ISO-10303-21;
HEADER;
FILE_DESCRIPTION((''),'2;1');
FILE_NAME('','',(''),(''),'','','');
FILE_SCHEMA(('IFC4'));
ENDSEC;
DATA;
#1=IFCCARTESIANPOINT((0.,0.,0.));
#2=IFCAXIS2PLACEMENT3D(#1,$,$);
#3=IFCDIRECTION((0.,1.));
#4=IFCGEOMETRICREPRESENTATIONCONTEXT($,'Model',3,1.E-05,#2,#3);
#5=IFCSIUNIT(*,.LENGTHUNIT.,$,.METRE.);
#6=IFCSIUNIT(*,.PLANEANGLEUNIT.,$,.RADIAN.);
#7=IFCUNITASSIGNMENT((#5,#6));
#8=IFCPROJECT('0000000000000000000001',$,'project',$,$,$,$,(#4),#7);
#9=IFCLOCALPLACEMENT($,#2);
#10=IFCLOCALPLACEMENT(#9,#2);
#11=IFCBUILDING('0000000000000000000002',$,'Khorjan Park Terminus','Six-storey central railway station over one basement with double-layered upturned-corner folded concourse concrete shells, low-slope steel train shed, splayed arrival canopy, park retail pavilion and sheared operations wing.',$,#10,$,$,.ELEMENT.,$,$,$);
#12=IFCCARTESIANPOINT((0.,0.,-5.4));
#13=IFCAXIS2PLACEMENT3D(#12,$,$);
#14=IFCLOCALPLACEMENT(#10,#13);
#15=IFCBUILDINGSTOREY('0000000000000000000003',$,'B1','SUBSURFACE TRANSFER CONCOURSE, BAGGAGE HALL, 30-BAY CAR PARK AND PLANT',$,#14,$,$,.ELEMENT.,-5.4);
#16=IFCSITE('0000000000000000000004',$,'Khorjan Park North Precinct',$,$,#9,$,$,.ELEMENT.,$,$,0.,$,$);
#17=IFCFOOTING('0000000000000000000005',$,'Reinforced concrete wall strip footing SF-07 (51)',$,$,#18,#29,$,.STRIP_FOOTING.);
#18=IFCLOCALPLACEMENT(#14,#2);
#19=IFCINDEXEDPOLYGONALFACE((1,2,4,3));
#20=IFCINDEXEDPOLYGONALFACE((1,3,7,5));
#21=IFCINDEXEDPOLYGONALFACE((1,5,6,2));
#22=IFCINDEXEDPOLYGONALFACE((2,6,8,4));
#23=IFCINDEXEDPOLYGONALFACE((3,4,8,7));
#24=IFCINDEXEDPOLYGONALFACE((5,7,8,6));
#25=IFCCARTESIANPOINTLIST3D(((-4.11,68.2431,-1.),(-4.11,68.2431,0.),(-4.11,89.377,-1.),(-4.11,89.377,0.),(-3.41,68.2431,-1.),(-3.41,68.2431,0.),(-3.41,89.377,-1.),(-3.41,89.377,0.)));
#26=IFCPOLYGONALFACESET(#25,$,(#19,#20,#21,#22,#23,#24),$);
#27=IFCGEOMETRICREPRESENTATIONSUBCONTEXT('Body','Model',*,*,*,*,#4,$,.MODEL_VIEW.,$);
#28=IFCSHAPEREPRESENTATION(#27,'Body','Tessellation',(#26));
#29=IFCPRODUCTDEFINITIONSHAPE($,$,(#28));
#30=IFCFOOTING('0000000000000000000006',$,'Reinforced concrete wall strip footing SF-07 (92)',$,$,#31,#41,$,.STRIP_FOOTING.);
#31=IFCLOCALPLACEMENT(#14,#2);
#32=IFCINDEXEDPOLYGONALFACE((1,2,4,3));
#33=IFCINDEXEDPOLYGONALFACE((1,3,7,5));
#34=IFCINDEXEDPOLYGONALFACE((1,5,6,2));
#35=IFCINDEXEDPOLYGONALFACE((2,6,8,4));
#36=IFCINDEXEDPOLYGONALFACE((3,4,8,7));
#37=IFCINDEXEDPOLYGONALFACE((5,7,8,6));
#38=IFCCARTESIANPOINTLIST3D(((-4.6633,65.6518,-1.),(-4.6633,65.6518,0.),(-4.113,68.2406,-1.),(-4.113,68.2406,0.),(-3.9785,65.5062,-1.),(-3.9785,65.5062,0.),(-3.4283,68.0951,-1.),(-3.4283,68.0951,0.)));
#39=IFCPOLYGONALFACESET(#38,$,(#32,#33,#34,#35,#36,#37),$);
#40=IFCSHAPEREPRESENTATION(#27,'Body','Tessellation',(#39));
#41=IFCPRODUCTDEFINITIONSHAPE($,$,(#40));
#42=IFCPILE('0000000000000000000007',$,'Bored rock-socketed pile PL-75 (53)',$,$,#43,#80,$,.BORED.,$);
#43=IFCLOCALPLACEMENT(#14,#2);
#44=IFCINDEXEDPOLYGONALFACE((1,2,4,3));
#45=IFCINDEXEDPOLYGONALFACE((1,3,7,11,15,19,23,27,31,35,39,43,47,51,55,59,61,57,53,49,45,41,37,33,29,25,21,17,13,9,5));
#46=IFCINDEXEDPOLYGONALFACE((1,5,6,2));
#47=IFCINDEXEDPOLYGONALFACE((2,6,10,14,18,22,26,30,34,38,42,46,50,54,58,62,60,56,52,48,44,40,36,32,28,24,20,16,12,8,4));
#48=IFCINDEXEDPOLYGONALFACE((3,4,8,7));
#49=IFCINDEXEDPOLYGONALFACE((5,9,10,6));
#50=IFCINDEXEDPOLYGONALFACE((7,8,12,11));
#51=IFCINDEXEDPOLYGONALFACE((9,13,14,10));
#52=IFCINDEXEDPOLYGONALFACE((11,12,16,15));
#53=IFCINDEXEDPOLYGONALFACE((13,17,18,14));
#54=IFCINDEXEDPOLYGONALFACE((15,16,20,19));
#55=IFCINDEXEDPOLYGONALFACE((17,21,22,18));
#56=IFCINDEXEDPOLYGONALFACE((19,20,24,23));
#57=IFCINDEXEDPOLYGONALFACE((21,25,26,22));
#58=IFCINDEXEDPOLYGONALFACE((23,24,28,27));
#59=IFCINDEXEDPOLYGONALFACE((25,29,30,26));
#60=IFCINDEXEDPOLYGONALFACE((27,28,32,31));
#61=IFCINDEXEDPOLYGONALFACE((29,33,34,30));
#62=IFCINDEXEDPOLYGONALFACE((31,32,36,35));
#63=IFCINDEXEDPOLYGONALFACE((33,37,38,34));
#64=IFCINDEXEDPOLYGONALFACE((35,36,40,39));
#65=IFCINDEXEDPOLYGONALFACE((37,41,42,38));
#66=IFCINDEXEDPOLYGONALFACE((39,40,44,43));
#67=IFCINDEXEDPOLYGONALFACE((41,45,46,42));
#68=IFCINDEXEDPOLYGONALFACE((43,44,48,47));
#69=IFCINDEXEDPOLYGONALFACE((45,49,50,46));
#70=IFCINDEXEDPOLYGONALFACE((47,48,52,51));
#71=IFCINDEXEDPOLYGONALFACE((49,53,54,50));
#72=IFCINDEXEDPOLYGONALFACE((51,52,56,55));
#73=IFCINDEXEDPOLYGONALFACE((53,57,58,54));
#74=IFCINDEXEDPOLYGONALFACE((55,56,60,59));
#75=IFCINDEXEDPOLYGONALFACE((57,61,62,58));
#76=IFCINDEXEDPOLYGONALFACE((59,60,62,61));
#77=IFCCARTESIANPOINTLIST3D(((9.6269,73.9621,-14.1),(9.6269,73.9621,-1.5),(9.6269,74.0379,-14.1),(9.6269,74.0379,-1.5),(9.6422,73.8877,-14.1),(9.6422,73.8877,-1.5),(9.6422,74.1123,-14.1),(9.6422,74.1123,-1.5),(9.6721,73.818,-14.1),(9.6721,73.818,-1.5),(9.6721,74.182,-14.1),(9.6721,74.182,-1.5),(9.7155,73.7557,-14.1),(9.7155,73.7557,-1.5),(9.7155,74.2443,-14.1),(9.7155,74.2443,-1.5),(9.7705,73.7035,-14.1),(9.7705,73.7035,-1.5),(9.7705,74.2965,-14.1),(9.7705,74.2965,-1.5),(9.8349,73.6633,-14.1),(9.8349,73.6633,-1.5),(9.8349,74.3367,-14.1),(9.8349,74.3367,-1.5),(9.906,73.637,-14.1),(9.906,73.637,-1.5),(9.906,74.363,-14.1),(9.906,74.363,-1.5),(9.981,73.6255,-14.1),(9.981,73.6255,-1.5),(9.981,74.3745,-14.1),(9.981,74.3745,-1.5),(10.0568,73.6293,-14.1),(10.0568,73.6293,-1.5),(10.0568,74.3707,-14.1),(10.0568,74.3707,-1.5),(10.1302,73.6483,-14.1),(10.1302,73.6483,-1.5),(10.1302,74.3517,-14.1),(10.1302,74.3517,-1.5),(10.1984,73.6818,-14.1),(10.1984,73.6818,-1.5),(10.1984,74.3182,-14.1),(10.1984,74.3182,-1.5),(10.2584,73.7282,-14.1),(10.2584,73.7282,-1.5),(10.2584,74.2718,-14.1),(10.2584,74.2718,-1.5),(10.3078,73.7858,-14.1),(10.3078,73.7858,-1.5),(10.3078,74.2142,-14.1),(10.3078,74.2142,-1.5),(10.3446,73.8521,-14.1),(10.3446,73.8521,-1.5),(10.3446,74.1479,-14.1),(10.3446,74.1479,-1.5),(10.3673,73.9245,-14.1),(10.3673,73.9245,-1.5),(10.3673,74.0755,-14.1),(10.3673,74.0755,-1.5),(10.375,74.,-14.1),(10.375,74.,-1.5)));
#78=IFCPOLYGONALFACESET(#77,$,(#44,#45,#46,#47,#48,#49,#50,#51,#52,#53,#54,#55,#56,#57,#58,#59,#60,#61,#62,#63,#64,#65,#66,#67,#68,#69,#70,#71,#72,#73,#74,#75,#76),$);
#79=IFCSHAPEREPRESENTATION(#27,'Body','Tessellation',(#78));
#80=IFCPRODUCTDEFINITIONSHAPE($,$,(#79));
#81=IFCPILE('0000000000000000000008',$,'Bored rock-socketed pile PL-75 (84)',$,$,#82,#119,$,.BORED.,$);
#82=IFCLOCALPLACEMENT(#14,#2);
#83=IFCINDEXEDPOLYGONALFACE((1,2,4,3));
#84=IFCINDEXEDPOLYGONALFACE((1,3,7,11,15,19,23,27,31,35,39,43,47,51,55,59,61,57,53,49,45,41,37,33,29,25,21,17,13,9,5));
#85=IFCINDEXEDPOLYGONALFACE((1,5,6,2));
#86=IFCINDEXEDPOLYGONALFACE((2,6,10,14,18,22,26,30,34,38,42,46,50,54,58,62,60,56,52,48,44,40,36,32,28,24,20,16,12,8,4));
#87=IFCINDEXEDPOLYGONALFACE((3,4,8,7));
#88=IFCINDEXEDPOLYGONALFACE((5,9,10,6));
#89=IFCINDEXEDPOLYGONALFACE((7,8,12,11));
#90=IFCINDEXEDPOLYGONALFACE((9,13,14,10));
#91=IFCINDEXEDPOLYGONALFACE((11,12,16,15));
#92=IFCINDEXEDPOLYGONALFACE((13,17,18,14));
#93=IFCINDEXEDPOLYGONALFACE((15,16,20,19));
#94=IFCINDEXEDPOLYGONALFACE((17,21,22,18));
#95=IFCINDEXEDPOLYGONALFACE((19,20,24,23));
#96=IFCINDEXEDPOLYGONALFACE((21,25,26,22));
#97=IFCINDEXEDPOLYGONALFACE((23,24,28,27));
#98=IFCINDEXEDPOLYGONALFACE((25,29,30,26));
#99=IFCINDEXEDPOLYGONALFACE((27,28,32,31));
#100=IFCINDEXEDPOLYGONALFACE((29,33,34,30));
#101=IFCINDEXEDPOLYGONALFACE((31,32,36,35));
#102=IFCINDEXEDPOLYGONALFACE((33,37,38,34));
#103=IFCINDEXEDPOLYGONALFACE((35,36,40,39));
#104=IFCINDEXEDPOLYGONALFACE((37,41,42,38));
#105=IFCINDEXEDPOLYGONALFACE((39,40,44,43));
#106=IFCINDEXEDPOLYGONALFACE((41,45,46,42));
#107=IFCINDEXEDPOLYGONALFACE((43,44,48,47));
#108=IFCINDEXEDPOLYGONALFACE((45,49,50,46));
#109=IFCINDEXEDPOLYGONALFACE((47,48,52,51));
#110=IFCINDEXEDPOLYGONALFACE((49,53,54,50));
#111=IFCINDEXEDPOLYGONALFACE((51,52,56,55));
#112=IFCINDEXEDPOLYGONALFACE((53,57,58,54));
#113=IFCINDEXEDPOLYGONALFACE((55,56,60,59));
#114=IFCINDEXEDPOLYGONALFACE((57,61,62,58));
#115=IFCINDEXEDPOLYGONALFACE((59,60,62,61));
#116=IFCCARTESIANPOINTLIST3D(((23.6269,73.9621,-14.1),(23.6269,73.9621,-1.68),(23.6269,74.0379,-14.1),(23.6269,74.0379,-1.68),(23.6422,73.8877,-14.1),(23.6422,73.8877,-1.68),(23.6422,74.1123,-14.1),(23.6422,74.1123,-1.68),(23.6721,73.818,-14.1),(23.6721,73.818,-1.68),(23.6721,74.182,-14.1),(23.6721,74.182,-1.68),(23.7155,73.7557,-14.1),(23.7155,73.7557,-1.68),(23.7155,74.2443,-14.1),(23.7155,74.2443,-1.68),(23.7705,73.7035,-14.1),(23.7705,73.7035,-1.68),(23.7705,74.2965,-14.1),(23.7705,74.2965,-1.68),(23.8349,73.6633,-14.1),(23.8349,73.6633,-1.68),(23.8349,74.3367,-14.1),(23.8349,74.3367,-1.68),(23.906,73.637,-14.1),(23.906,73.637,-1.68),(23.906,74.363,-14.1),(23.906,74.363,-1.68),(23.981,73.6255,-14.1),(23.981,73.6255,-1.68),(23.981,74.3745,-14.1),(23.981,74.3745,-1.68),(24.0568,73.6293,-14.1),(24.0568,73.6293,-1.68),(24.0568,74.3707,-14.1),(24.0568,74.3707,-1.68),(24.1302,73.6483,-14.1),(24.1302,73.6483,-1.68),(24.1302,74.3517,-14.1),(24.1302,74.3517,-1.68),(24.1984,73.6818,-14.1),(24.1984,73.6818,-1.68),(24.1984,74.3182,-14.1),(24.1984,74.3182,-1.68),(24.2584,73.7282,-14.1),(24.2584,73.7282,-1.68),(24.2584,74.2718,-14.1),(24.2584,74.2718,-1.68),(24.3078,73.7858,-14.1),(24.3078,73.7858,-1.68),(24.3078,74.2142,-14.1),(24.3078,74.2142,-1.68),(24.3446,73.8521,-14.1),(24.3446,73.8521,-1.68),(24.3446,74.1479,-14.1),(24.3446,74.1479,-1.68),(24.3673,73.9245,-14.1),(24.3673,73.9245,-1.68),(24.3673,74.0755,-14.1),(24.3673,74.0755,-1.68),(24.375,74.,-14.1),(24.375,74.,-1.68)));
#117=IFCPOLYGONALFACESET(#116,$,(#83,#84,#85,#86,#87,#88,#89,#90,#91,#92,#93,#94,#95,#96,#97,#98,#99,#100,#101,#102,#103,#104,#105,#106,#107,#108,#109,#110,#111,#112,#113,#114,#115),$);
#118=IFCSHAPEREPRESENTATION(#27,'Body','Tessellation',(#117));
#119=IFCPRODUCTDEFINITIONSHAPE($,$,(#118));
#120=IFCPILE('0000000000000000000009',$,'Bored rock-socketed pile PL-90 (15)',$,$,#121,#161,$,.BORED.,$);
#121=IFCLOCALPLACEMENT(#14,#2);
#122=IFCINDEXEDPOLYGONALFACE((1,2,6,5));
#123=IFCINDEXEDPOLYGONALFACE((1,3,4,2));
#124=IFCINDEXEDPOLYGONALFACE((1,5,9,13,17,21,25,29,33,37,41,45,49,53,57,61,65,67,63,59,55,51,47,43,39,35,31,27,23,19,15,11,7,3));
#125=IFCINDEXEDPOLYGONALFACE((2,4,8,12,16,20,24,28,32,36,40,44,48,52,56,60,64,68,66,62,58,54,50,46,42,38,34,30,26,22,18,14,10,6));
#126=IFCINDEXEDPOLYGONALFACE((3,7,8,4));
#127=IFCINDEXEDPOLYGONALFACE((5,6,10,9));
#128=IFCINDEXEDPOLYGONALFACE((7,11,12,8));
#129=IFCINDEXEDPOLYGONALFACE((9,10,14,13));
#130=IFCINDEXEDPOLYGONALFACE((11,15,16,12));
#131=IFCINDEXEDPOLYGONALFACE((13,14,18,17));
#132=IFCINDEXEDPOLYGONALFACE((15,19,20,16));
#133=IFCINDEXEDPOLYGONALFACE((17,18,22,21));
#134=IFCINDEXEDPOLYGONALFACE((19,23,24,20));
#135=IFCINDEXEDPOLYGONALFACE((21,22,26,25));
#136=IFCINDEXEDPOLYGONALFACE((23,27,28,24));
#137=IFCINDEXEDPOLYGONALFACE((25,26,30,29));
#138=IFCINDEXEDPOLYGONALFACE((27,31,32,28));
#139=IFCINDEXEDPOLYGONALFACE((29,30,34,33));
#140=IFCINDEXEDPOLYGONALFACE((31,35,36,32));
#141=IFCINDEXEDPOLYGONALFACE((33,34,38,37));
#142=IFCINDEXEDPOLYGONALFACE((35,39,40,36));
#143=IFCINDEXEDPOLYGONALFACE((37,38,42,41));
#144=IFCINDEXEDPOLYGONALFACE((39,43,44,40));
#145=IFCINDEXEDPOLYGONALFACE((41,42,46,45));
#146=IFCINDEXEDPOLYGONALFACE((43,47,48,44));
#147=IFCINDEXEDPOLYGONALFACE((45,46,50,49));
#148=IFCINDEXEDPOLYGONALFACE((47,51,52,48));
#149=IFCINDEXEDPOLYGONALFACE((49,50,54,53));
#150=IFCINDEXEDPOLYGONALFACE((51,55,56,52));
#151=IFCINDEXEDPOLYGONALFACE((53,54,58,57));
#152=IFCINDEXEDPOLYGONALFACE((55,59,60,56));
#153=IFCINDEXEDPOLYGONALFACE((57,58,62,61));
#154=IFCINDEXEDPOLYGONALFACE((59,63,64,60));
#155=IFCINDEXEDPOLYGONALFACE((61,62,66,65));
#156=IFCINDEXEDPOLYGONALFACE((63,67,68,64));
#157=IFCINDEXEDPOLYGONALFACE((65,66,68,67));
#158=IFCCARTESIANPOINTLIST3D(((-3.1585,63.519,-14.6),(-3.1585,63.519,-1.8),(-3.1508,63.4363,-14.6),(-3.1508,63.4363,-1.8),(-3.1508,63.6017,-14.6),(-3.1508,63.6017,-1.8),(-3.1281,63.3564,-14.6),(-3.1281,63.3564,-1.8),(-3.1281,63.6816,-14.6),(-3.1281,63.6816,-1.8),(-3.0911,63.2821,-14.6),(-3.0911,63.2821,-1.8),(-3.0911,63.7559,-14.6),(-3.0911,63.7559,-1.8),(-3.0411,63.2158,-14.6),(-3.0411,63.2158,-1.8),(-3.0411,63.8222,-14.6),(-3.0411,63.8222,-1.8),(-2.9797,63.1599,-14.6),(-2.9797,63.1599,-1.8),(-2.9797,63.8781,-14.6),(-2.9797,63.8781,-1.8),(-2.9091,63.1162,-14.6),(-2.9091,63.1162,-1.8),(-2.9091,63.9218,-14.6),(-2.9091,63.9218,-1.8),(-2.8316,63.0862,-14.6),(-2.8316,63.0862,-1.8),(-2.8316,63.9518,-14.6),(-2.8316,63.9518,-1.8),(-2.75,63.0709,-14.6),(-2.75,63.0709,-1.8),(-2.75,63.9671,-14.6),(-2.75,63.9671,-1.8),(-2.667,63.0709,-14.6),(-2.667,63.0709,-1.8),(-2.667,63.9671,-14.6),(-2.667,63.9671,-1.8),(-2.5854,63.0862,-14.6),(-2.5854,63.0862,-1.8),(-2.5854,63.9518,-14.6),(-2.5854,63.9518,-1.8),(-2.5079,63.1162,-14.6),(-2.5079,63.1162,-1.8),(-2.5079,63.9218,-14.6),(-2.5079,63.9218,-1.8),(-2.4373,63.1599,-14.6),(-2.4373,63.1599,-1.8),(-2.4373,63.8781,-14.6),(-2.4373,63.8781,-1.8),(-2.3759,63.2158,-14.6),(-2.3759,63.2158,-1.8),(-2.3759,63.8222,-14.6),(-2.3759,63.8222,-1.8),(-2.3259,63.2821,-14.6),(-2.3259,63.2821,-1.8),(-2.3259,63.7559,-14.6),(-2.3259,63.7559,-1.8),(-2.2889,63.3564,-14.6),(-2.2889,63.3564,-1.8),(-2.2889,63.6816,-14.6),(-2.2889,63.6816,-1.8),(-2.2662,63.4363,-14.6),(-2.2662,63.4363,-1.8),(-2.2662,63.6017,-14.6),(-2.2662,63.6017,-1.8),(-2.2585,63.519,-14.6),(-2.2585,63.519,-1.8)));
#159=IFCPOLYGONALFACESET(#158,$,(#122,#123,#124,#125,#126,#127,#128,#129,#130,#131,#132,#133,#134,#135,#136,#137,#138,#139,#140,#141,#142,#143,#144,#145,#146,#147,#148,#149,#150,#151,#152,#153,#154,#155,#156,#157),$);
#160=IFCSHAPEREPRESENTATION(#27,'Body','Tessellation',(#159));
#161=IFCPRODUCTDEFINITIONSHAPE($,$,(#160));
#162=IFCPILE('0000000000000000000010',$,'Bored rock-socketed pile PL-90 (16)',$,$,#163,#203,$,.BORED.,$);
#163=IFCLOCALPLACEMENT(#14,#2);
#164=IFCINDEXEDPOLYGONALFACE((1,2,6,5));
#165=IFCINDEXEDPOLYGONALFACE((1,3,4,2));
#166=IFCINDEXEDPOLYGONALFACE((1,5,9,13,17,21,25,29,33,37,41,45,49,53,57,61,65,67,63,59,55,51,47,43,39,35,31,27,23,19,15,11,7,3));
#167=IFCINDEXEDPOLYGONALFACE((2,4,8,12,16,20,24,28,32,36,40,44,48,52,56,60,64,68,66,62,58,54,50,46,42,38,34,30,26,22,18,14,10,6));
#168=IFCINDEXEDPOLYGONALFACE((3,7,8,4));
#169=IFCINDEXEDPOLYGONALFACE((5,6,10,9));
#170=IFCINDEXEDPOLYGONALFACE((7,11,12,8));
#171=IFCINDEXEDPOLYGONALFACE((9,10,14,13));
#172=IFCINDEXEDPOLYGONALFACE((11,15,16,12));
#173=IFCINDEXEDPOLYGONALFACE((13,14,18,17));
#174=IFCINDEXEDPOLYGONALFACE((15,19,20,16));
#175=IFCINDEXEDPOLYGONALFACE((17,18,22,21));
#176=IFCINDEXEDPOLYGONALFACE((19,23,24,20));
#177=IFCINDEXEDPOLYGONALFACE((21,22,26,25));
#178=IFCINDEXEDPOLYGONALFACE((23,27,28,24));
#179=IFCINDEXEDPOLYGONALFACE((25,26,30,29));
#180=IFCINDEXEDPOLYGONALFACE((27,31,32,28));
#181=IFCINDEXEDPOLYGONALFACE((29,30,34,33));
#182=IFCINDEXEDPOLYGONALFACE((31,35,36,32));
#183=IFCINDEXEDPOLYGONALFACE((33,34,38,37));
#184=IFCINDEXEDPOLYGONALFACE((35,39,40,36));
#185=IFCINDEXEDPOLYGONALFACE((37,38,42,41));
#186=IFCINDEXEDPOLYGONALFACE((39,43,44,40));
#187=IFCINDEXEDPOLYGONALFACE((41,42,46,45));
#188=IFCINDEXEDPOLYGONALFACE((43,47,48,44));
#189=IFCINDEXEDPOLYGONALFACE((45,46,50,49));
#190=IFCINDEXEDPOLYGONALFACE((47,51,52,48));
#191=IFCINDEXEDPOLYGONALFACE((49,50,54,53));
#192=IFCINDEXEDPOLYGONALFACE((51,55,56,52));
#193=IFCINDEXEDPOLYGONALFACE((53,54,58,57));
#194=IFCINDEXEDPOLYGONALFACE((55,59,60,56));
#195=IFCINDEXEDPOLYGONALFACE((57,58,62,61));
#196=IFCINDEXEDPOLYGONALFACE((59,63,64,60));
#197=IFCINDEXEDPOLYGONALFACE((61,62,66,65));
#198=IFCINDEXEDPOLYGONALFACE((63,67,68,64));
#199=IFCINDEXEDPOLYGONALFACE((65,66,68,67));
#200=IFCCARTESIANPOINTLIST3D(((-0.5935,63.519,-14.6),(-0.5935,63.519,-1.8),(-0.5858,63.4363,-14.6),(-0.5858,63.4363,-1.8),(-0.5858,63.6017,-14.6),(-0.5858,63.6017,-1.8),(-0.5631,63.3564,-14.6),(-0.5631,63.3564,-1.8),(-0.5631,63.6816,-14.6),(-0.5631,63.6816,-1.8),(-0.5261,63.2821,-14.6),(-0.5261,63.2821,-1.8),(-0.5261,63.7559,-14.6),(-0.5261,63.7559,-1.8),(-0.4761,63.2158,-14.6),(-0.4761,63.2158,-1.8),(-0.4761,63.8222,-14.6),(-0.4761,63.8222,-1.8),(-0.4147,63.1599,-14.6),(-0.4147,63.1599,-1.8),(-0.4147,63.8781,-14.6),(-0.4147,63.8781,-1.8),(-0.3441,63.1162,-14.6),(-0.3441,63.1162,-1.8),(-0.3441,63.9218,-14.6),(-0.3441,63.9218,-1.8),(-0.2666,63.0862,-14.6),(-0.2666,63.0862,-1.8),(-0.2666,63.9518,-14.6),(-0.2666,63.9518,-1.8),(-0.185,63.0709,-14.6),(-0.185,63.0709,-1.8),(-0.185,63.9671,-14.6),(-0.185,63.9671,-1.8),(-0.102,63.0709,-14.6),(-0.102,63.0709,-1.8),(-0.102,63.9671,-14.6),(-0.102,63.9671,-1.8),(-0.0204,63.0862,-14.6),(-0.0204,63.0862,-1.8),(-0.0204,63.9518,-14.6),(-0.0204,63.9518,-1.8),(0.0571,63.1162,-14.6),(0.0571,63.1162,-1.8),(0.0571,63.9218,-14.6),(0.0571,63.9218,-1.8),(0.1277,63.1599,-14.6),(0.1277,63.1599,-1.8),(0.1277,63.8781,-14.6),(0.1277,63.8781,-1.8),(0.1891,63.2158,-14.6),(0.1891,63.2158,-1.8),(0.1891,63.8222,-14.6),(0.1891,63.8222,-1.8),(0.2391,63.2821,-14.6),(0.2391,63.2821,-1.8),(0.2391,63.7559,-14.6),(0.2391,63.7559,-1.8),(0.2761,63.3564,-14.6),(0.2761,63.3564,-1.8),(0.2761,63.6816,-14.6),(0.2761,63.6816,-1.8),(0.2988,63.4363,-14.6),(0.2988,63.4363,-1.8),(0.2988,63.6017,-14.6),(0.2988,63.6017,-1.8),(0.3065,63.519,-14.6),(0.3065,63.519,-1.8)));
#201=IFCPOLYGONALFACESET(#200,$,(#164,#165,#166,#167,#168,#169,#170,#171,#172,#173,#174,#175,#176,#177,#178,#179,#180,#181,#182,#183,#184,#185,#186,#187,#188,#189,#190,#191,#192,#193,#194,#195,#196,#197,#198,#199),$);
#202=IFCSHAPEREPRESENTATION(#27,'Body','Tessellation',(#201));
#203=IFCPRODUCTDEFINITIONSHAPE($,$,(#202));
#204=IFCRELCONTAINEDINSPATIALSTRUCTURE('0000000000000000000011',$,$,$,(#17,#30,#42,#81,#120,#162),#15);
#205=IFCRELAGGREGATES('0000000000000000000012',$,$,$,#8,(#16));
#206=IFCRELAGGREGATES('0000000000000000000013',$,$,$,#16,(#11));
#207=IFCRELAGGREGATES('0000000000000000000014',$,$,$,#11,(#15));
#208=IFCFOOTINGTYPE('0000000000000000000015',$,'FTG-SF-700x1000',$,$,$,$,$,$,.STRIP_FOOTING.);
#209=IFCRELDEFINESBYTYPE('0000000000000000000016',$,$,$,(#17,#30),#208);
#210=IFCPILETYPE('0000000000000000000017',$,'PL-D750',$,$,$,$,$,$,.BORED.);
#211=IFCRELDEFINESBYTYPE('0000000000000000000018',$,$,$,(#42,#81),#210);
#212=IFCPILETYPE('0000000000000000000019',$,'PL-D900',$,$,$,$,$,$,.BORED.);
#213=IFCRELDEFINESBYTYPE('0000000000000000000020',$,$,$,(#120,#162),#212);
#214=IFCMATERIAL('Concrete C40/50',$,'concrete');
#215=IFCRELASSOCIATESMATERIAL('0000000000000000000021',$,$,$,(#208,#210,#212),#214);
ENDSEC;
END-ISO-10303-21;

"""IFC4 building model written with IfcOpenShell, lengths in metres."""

from ifc_helpers import new_model, si_unit, direction, frame, origin, origin_2d, place, context, subcontext, project, spatial, rectangle, circle, extrude, material, material_profile, profile_set, type_object, element, save


model = new_model("IFC4")

# Units and contexts
model_context = context("Model", 3, precision=1e-05, world=origin(), true_north=direction((0.0, 1.0)))
body_context = subcontext(model_context, "Body", "Model", "MODEL_VIEW")
ifc_project = project(units=[si_unit("LENGTHUNIT", "METRE"), si_unit("PLANEANGLEUNIT", "RADIAN")], contexts=[model_context])

# Site, building, storey
site_placement = place(None, origin())
site = spatial("IfcSite", under=ifc_project, at=site_placement, Name="Khorjan Park North Precinct", CompositionType="ELEMENT", RefElevation=0.0)
building_placement = place(site_placement, origin())
building = spatial("IfcBuilding", under=site, at=building_placement, Name="Khorjan Park Terminus", Description="Six-storey central railway station over one basement with double-layered upturned-corner folded concourse concrete shells, low-slope steel train shed, splayed arrival canopy, park retail pavilion and sheared operations wing.", CompositionType="ELEMENT")
storey_placement = place(building_placement, frame((0.0, 0.0, -5.4)))
storey = spatial("IfcBuildingStorey", under=building, at=storey_placement, Name="B1", Description="SUBSURFACE TRANSFER CONCOURSE, BAGGAGE HALL, 30-BAY CAR PARK AND PLANT", CompositionType="ELEMENT", Elevation=-5.4)

# Footings
ifc_material_1 = material(Name="Concrete C40/50", Category="concrete")
ifc_material_profile_1 = material_profile(ifc_material_1, rectangle(XDim=0.7, YDim=1.0, at=origin_2d()), Name="RC 700x1000")
ifc_profile_set_1 = profile_set([ifc_material_profile_1], Name="Concrete C40/50")
footing_type_1 = type_object("IfcFootingType", Name="FTG-SF-700x1000", PredefinedType="STRIP_FOOTING", material=ifc_profile_set_1)
footing_1_placement = place(storey_placement, frame((-3.76, 68.2431, -0.5), z_axis=(0.0, 1.0, 0.0), x_axis=(-1.0, 0.0, 0.0)))
element("IfcFooting", 1, at=footing_1_placement, inside=storey, type_object=footing_type_1, Name="Reinforced concrete wall strip footing SF-07 (51)", PredefinedType="STRIP_FOOTING", context=body_context, shape_type="SweptSolid", body=[
    extrude(rectangle(XDim=0.7, YDim=1.0, at=origin_2d()), origin(), (0.0, 0.0, 1.0), 21.1339),
])
footing_2_placement = place(storey_placement, frame((-4.3209, 65.579, -0.5), z_axis=(0.207916, 0.978147, 0.0), x_axis=(-0.978147, 0.207916, 0.0)))
element("IfcFooting", 2, at=footing_2_placement, inside=storey, type_object=footing_type_1, Name="Reinforced concrete wall strip footing SF-07 (92)", PredefinedType="STRIP_FOOTING", context=body_context, shape_type="SweptSolid", body=[
    extrude(rectangle(XDim=0.7, YDim=1.0, at=origin_2d()), origin(), (0.0, 0.0, 1.0), 2.6467),
])

# Piles
ifc_material_profile_2 = material_profile(ifc_material_1, circle(Radius=0.375, at=origin_2d()), Name="BORED D750")
ifc_profile_set_2 = profile_set([ifc_material_profile_2], Name="Concrete C40/50")
pile_type_1 = type_object("IfcPileType", Name="PL-D750", PredefinedType="BORED", material=ifc_profile_set_2)
pile_1_placement = place(storey_placement, frame((10.0, 74.0, -1.5), z_axis=(0.0, 0.0, -1.0), x_axis=(1.0, 0.0, 0.0)))
element("IfcPile", 3, at=pile_1_placement, inside=storey, type_object=pile_type_1, Name="Bored rock-socketed pile PL-75 (53)", PredefinedType="BORED", context=body_context, shape_type="SweptSolid", body=[
    extrude(circle(Radius=0.375, at=origin_2d()), origin(), (0.0, 0.0, 1.0), 12.6),
])
pile_2_placement = place(storey_placement, frame((24.0, 74.0, -1.68), z_axis=(0.0, 0.0, -1.0), x_axis=(1.0, 0.0, 0.0)))
element("IfcPile", 4, at=pile_2_placement, inside=storey, type_object=pile_type_1, Name="Bored rock-socketed pile PL-75 (84)", PredefinedType="BORED", context=body_context, shape_type="SweptSolid", body=[
    extrude(circle(Radius=0.375, at=origin_2d()), origin(), (0.0, 0.0, 1.0), 12.42),
])
ifc_material_profile_3 = material_profile(ifc_material_1, circle(Radius=0.45, at=origin_2d()), Name="BORED D900")
ifc_profile_set_3 = profile_set([ifc_material_profile_3], Name="Concrete C40/50")
pile_type_2 = type_object("IfcPileType", Name="PL-D900", PredefinedType="BORED", material=ifc_profile_set_3)
for number, where, z_axis, x_axis, name in (
    (5, (-2.7085, 63.519, -1.8), (0.0, 0.0, -1.0), (1.0, 0.0, 0.0), "Bored rock-socketed pile PL-90 (15)"),
    (6, (-0.1435, 63.519, -1.8), (0.0, 0.0, -1.0), (1.0, 0.0, 0.0), "Bored rock-socketed pile PL-90 (16)"),
):
    element("IfcPile", number, at=place(storey_placement, frame(where, z_axis=z_axis, x_axis=x_axis)), inside=storey, type_object=pile_type_2, Name=name, PredefinedType="BORED", context=body_context, shape_type="SweptSolid", body=[
        extrude(circle(Radius=0.45, at=origin_2d()), origin(), (0.0, 0.0, 1.0), 12.8),
    ])

save(model, "model.ifc")
